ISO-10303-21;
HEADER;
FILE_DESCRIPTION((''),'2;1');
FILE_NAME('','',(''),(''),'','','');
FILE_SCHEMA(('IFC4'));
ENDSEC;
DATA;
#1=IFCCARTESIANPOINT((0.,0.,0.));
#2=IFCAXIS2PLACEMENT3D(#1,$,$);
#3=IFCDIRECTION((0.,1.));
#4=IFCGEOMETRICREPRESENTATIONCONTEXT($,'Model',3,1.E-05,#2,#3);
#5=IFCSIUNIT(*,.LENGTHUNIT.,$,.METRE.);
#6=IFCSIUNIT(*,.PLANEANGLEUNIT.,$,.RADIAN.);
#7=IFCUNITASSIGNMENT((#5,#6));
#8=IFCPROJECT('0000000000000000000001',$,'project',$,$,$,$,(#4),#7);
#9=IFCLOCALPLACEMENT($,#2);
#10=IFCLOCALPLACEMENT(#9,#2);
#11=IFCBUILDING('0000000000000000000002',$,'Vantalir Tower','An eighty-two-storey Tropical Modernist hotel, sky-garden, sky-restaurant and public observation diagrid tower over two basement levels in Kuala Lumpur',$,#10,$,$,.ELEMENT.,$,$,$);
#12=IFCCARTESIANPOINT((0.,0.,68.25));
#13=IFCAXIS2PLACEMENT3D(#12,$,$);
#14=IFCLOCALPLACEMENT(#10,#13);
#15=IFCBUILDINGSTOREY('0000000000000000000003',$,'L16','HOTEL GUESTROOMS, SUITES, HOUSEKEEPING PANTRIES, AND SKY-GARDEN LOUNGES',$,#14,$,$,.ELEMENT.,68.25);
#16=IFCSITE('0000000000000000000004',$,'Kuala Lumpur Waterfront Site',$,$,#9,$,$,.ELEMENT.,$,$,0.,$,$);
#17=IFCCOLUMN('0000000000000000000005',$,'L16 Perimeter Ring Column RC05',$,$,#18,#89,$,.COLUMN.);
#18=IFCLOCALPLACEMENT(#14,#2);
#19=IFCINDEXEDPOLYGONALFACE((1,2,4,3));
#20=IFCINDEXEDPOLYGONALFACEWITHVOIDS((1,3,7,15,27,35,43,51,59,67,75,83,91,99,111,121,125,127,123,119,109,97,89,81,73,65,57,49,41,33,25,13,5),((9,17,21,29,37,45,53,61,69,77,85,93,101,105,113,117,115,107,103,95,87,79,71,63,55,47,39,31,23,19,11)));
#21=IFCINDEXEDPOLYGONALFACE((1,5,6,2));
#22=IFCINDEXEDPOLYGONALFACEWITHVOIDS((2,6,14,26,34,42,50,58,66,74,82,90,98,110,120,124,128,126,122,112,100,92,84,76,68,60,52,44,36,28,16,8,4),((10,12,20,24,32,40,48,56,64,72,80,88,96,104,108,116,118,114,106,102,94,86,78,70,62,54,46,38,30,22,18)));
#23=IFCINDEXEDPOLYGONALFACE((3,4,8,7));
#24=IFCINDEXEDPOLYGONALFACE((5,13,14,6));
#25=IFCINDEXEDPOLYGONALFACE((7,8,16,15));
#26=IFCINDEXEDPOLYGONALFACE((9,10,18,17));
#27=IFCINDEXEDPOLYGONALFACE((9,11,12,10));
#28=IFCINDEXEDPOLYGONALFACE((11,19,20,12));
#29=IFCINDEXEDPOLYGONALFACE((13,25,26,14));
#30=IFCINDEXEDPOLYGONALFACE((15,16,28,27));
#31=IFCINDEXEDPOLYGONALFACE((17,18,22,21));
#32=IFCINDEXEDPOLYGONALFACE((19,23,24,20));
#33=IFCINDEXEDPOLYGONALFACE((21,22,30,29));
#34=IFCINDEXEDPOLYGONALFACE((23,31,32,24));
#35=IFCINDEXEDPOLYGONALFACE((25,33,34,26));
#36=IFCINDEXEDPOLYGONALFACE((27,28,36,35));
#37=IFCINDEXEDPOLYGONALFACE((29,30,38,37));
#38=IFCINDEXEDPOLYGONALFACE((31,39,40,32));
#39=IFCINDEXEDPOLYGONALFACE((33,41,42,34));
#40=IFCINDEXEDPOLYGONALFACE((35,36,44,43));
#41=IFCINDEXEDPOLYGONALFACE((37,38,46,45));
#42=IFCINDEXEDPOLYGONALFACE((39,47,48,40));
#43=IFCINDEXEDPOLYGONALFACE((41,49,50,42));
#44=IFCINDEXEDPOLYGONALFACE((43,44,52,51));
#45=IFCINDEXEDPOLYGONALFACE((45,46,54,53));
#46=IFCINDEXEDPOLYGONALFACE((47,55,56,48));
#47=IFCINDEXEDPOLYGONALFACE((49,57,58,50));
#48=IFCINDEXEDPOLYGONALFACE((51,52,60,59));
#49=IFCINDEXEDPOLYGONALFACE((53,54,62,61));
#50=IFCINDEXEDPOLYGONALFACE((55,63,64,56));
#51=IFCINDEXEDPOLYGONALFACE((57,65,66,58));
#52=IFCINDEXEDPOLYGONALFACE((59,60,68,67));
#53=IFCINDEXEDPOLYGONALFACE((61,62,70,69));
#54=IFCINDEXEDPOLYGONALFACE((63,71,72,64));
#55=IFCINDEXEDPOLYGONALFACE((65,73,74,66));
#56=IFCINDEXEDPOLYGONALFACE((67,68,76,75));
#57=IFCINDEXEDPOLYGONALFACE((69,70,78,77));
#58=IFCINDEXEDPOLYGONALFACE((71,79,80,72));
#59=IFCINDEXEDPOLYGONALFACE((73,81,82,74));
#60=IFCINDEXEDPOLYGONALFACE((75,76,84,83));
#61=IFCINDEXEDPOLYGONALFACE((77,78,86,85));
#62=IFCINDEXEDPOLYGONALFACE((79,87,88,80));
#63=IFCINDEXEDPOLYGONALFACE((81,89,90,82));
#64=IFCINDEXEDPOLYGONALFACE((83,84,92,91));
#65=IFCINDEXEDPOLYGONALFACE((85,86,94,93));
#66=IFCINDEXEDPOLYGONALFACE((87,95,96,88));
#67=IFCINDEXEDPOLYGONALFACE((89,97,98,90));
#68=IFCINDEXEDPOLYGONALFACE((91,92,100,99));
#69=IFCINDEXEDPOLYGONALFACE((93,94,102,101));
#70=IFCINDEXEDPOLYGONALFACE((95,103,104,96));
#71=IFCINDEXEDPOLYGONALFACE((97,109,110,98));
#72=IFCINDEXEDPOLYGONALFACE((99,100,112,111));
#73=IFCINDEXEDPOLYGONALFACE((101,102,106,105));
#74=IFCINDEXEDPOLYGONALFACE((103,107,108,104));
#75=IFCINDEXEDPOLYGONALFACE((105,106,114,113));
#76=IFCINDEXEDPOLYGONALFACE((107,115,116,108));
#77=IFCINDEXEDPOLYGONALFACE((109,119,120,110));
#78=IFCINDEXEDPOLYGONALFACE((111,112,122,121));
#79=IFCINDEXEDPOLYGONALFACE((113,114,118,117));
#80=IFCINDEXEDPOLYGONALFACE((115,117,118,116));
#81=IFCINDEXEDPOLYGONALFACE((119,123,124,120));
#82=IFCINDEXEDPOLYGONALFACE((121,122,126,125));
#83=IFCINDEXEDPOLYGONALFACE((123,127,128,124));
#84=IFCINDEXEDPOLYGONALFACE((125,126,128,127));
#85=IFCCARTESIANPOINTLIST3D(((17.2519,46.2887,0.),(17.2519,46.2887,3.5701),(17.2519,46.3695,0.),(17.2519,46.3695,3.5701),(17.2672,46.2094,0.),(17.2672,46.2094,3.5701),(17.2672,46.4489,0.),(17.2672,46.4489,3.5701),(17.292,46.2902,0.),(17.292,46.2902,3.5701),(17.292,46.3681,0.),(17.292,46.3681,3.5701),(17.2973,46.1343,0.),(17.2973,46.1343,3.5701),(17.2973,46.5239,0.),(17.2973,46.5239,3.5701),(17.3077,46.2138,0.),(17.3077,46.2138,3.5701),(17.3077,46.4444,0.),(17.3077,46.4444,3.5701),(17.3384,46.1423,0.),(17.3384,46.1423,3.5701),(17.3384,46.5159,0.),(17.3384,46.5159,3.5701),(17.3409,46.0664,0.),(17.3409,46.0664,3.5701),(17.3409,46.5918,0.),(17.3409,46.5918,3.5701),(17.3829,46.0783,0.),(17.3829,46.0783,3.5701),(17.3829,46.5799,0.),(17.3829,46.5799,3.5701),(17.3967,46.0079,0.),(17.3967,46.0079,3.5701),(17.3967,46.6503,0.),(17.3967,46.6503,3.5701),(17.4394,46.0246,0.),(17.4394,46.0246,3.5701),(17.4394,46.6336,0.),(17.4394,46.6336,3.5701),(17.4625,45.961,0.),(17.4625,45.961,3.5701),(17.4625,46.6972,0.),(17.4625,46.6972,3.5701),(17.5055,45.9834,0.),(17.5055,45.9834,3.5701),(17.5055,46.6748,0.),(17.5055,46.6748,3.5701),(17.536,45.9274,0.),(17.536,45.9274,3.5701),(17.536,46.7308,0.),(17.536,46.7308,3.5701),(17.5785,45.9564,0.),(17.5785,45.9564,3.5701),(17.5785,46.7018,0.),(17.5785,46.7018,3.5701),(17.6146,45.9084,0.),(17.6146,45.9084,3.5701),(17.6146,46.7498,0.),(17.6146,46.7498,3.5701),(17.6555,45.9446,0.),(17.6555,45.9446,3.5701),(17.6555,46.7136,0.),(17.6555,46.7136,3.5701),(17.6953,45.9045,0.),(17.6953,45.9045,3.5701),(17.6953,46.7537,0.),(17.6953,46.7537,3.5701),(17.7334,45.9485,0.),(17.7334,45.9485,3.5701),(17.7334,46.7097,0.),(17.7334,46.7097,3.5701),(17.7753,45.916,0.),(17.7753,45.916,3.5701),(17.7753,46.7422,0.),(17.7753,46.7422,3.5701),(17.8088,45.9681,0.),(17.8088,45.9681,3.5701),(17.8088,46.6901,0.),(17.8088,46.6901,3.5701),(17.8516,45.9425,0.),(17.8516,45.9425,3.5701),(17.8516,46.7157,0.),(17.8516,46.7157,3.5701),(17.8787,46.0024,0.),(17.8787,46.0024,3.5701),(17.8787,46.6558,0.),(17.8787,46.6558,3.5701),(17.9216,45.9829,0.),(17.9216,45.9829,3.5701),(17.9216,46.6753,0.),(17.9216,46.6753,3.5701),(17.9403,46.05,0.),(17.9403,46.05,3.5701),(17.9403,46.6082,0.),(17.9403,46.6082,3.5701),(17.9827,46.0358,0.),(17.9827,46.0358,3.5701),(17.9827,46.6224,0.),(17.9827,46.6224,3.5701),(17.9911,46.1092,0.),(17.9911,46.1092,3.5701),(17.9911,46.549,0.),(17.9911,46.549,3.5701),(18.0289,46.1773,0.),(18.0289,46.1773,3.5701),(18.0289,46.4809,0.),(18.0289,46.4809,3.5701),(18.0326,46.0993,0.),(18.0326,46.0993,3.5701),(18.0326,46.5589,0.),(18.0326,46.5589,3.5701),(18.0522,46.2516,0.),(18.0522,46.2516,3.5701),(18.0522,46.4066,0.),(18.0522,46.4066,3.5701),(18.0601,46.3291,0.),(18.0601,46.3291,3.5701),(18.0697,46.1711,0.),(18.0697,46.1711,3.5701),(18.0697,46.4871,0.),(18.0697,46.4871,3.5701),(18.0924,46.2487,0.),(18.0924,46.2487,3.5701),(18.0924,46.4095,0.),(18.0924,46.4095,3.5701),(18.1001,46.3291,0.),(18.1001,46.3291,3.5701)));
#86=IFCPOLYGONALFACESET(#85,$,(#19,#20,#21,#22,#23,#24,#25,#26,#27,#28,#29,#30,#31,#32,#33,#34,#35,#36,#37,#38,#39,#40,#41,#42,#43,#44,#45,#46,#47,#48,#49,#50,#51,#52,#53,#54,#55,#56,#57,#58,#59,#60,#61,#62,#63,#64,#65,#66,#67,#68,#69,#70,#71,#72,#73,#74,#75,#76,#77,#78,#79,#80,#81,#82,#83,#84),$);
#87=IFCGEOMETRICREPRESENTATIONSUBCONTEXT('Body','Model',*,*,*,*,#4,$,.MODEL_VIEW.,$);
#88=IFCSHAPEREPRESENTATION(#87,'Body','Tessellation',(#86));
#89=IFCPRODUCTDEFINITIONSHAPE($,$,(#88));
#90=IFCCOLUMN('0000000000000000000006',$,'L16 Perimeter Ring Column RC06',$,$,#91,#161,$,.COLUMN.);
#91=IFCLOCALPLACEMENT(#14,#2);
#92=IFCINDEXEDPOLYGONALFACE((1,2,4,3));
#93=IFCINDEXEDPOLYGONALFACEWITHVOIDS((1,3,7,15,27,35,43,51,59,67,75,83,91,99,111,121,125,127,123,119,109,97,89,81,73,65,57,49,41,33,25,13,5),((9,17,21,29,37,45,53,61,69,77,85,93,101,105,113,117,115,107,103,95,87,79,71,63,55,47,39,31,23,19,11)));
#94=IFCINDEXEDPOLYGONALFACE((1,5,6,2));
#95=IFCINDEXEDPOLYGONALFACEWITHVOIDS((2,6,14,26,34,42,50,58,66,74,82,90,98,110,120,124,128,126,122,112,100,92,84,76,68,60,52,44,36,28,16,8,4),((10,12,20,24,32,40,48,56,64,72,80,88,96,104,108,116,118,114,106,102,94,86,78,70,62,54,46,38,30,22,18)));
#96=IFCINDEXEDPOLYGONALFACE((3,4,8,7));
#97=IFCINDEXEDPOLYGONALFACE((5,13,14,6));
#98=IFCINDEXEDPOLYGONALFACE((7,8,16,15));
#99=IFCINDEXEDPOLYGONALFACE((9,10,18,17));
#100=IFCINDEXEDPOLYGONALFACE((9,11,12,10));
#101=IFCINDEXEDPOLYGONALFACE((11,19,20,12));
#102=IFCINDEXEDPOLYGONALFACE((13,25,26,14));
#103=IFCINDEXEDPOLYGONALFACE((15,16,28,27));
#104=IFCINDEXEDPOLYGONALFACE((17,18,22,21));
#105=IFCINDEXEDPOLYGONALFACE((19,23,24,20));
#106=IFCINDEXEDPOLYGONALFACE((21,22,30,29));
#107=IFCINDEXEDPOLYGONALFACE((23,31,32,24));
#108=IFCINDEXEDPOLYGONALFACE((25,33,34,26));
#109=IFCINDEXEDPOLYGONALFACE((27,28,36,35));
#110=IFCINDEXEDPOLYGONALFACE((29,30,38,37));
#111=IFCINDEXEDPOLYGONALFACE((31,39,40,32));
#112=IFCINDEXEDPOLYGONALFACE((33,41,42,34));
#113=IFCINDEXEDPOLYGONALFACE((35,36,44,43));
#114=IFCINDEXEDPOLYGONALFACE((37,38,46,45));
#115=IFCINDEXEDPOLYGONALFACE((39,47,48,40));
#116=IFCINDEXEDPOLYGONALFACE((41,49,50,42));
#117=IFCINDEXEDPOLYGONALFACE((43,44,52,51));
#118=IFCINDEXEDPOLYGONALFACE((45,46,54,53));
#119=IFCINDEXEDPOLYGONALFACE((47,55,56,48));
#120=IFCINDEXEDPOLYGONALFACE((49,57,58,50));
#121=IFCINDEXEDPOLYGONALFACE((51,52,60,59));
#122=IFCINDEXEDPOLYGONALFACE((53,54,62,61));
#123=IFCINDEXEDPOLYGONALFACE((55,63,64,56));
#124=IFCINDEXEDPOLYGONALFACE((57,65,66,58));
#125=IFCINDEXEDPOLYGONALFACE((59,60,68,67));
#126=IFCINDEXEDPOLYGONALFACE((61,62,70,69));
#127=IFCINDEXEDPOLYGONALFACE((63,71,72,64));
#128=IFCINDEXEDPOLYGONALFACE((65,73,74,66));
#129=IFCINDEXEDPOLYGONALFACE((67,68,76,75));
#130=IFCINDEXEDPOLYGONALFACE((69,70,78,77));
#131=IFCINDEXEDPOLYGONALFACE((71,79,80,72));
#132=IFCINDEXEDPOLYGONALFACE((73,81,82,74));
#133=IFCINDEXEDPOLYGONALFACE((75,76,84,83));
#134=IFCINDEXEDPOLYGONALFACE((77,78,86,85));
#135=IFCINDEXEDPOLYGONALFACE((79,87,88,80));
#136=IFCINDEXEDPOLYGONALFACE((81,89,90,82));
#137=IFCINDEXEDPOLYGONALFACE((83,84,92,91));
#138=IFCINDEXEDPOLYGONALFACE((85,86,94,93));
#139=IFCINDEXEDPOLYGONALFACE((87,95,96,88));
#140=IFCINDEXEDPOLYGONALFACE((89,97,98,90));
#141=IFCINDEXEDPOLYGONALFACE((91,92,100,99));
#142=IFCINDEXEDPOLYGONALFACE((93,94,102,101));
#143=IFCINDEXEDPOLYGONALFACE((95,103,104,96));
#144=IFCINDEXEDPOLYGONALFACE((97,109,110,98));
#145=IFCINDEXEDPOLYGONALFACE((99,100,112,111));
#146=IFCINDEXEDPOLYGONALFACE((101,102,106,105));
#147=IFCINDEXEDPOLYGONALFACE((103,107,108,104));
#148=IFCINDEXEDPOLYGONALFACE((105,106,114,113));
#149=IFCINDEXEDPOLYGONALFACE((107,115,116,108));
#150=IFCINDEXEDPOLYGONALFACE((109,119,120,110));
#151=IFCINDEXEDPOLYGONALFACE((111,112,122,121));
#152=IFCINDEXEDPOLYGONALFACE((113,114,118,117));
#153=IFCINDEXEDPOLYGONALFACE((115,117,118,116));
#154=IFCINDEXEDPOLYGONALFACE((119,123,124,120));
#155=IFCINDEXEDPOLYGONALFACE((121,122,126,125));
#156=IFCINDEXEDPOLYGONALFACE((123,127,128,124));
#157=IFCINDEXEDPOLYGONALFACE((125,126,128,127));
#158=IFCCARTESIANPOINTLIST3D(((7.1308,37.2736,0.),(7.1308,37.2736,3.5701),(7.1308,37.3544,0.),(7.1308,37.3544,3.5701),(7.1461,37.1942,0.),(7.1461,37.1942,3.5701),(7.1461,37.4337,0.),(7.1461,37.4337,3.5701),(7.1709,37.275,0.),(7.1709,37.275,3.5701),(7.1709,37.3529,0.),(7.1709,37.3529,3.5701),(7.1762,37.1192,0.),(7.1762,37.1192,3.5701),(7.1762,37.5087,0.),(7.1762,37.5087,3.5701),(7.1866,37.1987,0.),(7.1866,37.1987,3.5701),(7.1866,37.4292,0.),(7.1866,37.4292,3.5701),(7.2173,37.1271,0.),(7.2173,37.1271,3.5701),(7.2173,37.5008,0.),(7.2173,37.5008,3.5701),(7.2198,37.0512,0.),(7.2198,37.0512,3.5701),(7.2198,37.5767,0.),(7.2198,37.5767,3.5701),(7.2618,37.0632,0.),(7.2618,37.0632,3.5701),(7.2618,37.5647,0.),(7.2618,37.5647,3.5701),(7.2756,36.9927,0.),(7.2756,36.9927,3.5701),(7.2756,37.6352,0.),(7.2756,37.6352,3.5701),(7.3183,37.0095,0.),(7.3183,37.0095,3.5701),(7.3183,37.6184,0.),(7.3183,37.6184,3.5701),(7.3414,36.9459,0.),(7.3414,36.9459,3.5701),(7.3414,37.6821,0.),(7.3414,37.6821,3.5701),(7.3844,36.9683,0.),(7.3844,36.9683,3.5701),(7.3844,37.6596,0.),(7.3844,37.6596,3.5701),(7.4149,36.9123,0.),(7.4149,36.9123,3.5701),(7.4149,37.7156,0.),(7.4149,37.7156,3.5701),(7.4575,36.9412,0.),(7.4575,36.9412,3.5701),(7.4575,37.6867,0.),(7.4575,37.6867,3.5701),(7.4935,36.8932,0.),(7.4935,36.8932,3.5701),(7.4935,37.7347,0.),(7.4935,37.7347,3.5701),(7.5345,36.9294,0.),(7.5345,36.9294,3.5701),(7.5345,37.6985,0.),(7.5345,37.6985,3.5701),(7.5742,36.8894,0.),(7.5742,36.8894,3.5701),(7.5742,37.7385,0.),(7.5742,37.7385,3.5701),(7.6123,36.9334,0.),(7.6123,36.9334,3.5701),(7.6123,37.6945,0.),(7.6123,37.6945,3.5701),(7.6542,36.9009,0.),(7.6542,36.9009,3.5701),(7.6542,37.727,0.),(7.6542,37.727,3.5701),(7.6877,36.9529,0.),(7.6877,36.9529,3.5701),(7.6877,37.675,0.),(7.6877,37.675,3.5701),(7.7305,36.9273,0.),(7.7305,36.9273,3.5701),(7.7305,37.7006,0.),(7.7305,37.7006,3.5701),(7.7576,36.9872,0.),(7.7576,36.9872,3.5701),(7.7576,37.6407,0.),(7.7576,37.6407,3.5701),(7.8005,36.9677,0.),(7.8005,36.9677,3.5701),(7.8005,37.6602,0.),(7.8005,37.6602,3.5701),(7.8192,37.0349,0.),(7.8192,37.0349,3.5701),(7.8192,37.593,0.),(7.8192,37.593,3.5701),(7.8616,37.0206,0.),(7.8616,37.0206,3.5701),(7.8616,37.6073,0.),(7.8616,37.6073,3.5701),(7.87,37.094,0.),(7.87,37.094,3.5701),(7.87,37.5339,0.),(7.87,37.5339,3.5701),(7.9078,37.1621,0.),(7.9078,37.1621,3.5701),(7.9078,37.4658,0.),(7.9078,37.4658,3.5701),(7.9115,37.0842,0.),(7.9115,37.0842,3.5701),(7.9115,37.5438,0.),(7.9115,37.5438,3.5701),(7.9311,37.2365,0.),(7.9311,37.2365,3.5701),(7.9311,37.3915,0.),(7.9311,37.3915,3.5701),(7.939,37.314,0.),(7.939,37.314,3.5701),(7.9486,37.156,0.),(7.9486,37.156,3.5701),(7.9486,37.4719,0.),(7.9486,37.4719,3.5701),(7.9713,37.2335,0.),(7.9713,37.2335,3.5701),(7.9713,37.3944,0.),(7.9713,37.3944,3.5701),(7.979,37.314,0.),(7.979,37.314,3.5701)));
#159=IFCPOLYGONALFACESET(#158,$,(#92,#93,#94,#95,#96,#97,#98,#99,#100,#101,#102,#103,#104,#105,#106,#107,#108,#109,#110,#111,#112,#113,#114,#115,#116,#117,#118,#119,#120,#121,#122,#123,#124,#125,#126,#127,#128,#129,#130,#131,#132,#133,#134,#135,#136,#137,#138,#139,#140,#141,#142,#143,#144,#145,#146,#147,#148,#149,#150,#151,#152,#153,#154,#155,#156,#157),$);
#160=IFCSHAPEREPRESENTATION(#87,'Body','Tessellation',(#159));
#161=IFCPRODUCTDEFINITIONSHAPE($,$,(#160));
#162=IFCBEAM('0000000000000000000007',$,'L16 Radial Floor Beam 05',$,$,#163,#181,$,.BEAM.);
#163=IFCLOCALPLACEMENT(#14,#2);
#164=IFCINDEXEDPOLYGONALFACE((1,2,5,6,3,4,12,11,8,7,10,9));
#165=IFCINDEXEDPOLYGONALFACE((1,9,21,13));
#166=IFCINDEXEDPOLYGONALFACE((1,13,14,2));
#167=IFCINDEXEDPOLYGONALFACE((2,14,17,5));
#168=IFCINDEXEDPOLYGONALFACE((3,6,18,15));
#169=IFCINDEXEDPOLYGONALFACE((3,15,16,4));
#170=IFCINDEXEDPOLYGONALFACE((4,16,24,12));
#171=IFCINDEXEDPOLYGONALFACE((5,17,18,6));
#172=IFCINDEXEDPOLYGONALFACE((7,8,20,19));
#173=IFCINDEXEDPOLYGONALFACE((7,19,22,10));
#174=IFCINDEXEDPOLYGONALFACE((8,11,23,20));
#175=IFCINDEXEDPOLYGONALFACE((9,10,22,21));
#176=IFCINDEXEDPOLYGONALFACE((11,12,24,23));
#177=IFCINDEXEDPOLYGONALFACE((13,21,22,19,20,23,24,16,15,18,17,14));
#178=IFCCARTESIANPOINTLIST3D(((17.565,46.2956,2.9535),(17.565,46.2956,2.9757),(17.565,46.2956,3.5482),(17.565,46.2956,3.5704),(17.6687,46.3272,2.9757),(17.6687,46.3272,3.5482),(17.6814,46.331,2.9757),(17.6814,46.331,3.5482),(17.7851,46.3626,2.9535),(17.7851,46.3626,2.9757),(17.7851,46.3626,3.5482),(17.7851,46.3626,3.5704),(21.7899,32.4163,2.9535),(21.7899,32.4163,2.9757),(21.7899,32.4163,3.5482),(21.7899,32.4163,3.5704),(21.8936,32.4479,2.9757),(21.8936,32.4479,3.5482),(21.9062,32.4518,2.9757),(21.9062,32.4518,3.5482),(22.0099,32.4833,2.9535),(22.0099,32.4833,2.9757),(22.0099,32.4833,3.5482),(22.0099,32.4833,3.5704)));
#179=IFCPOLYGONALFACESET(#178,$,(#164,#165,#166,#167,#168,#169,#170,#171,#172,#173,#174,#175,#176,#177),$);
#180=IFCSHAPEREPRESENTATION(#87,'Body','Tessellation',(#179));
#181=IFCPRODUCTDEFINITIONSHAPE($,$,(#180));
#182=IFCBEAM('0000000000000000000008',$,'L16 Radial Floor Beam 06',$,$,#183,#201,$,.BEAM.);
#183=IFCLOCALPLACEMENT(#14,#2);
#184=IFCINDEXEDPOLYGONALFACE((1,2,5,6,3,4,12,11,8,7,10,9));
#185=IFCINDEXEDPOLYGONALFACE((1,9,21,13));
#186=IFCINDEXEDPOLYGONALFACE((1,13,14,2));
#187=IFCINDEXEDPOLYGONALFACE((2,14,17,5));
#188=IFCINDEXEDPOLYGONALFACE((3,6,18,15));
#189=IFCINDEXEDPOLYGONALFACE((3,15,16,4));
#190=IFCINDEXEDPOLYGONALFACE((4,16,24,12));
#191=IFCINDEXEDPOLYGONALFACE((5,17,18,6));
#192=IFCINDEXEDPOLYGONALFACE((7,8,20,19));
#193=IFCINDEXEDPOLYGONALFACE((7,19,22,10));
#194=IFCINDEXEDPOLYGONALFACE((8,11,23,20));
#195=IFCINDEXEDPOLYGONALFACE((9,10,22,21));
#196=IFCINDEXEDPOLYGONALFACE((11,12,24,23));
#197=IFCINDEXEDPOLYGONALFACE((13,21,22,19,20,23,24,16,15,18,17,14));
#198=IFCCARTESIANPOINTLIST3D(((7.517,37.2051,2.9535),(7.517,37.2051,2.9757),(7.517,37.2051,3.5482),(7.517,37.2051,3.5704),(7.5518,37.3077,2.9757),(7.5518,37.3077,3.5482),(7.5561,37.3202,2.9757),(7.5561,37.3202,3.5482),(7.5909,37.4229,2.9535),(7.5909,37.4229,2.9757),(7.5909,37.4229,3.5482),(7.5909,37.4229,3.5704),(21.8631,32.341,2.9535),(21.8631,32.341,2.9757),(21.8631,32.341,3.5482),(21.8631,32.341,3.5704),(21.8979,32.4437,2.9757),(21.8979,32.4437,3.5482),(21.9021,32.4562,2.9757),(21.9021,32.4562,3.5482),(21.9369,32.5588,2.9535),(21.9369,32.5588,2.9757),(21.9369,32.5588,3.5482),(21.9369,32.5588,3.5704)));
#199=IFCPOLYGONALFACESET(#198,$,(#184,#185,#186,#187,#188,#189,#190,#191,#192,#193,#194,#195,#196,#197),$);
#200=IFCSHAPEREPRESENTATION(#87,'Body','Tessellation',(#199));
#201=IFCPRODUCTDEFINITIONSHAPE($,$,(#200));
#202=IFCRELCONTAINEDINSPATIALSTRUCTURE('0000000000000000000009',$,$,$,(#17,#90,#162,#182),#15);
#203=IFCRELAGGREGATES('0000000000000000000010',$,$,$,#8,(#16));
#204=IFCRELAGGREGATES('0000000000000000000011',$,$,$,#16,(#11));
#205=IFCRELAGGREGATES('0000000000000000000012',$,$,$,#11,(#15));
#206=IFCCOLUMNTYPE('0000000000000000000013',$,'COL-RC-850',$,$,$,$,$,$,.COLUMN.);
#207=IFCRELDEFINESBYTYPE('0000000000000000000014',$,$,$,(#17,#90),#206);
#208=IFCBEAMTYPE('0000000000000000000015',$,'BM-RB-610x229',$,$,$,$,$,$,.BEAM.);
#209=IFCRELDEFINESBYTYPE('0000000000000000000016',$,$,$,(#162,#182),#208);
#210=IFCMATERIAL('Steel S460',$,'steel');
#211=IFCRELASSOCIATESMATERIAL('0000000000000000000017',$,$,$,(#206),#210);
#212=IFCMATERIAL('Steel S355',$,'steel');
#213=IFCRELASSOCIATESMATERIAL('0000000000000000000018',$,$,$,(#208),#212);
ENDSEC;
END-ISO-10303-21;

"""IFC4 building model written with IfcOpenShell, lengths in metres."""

from ifc_helpers import new_model, si_unit, direction, frame, origin, origin_2d, place, context, subcontext, project, spatial, hollow_circle, i_section, extrude, material, material_profile, profile_set, type_object, element, save


model = new_model("IFC4")

# Units and contexts
model_context = context("Model", 3, precision=1e-05, world=origin(), true_north=direction((0.0, 1.0)))
body_context = subcontext(model_context, "Body", "Model", "MODEL_VIEW")
ifc_project = project(units=[si_unit("LENGTHUNIT", "METRE"), si_unit("PLANEANGLEUNIT", "RADIAN")], contexts=[model_context])

# Site, building, storey
site_placement = place(None, origin())
site = spatial("IfcSite", under=ifc_project, at=site_placement, Name="Kuala Lumpur Waterfront Site", CompositionType="ELEMENT", RefElevation=0.0)
building_placement = place(site_placement, origin())
building = spatial("IfcBuilding", under=site, at=building_placement, Name="Vantalir Tower", Description="An eighty-two-storey Tropical Modernist hotel, sky-garden, sky-restaurant and public observation diagrid tower over two basement levels in Kuala Lumpur", CompositionType="ELEMENT")
storey_placement = place(building_placement, frame((0.0, 0.0, 68.25)))
storey = spatial("IfcBuildingStorey", under=building, at=storey_placement, Name="L16", Description="HOTEL GUESTROOMS, SUITES, HOUSEKEEPING PANTRIES, AND SKY-GARDEN LOUNGES", CompositionType="ELEMENT", Elevation=68.25)

# Columns
ifc_material_1 = material(Name="Steel S460", Category="steel")
ifc_material_profile_1 = material_profile(ifc_material_1, hollow_circle(Radius=0.425, WallThickness=0.04, at=origin_2d()), Name="Steel S460")
ifc_profile_set_1 = profile_set([ifc_material_profile_1], Name="Steel S460")
column_type = type_object("IfcColumnType", Name="COL-RC-850", PredefinedType="COLUMN", material=ifc_profile_set_1)
for number, where, z_axis, x_axis, name in (
    (1, (17.675, 46.3291, 0.0), (0.0, 0.0, 1.0), (1.0, 0.0, 0.0), "L16 Perimeter Ring Column RC05"),
    (2, (7.554, 37.314, 0.0), (0.0, 0.0, 1.0), (1.0, 0.0, 0.0), "L16 Perimeter Ring Column RC06"),
):
    element("IfcColumn", number, at=place(storey_placement, frame(where, z_axis=z_axis, x_axis=x_axis)), inside=storey, type_object=column_type, Name=name, PredefinedType="COLUMN", context=body_context, shape_type="SweptSolid", body=[
        extrude(hollow_circle(Radius=0.425, WallThickness=0.04, at=origin_2d()), origin(), (0.0, 0.0, 1.0), 3.5701),
    ])

# Beams
ifc_material_2 = material(Name="Steel S355", Category="steel")
ifc_material_profile_2 = material_profile(ifc_material_2, i_section(OverallWidth=0.23, OverallDepth=0.6169, WebThickness=0.0132, FlangeThickness=0.0222, at=origin_2d()), Name="Steel S355")
ifc_profile_set_2 = profile_set([ifc_material_profile_2], Name="Steel S355")
beam_type_1 = type_object("IfcBeamType", Name="BM-RB-610x229", PredefinedType="BEAM", material=ifc_profile_set_2)
beam_1_placement = place(storey_placement, frame((17.675, 46.3291, 3.262), z_axis=(0.29121, -0.956659, 0.0), x_axis=(0.956659, 0.29121, 0.0)))
element("IfcBeam", 3, at=beam_1_placement, inside=storey, type_object=beam_type_1, Name="L16 Radial Floor Beam 05", PredefinedType="BEAM", context=body_context, shape_type="SweptSolid", body=[
    extrude(i_section(OverallWidth=0.23, OverallDepth=0.6169, WebThickness=0.0132, FlangeThickness=0.0222, at=origin_2d()), origin(), (0.0, 0.0, 1.0), 14.5081),
])
beam_2_placement = place(storey_placement, frame((7.554, 37.314, 3.262), z_axis=(0.947046, -0.321097, 0.0), x_axis=(0.321097, 0.947046, 0.0)))
element("IfcBeam", 4, at=beam_2_placement, inside=storey, type_object=beam_type_1, Name="L16 Radial Floor Beam 06", PredefinedType="BEAM", context=body_context, shape_type="SweptSolid", body=[
    extrude(i_section(OverallWidth=0.23, OverallDepth=0.6169, WebThickness=0.0132, FlangeThickness=0.0222, at=origin_2d()), origin(), (0.0, 0.0, 1.0), 15.1482),
])

save(model, "model.ifc")
